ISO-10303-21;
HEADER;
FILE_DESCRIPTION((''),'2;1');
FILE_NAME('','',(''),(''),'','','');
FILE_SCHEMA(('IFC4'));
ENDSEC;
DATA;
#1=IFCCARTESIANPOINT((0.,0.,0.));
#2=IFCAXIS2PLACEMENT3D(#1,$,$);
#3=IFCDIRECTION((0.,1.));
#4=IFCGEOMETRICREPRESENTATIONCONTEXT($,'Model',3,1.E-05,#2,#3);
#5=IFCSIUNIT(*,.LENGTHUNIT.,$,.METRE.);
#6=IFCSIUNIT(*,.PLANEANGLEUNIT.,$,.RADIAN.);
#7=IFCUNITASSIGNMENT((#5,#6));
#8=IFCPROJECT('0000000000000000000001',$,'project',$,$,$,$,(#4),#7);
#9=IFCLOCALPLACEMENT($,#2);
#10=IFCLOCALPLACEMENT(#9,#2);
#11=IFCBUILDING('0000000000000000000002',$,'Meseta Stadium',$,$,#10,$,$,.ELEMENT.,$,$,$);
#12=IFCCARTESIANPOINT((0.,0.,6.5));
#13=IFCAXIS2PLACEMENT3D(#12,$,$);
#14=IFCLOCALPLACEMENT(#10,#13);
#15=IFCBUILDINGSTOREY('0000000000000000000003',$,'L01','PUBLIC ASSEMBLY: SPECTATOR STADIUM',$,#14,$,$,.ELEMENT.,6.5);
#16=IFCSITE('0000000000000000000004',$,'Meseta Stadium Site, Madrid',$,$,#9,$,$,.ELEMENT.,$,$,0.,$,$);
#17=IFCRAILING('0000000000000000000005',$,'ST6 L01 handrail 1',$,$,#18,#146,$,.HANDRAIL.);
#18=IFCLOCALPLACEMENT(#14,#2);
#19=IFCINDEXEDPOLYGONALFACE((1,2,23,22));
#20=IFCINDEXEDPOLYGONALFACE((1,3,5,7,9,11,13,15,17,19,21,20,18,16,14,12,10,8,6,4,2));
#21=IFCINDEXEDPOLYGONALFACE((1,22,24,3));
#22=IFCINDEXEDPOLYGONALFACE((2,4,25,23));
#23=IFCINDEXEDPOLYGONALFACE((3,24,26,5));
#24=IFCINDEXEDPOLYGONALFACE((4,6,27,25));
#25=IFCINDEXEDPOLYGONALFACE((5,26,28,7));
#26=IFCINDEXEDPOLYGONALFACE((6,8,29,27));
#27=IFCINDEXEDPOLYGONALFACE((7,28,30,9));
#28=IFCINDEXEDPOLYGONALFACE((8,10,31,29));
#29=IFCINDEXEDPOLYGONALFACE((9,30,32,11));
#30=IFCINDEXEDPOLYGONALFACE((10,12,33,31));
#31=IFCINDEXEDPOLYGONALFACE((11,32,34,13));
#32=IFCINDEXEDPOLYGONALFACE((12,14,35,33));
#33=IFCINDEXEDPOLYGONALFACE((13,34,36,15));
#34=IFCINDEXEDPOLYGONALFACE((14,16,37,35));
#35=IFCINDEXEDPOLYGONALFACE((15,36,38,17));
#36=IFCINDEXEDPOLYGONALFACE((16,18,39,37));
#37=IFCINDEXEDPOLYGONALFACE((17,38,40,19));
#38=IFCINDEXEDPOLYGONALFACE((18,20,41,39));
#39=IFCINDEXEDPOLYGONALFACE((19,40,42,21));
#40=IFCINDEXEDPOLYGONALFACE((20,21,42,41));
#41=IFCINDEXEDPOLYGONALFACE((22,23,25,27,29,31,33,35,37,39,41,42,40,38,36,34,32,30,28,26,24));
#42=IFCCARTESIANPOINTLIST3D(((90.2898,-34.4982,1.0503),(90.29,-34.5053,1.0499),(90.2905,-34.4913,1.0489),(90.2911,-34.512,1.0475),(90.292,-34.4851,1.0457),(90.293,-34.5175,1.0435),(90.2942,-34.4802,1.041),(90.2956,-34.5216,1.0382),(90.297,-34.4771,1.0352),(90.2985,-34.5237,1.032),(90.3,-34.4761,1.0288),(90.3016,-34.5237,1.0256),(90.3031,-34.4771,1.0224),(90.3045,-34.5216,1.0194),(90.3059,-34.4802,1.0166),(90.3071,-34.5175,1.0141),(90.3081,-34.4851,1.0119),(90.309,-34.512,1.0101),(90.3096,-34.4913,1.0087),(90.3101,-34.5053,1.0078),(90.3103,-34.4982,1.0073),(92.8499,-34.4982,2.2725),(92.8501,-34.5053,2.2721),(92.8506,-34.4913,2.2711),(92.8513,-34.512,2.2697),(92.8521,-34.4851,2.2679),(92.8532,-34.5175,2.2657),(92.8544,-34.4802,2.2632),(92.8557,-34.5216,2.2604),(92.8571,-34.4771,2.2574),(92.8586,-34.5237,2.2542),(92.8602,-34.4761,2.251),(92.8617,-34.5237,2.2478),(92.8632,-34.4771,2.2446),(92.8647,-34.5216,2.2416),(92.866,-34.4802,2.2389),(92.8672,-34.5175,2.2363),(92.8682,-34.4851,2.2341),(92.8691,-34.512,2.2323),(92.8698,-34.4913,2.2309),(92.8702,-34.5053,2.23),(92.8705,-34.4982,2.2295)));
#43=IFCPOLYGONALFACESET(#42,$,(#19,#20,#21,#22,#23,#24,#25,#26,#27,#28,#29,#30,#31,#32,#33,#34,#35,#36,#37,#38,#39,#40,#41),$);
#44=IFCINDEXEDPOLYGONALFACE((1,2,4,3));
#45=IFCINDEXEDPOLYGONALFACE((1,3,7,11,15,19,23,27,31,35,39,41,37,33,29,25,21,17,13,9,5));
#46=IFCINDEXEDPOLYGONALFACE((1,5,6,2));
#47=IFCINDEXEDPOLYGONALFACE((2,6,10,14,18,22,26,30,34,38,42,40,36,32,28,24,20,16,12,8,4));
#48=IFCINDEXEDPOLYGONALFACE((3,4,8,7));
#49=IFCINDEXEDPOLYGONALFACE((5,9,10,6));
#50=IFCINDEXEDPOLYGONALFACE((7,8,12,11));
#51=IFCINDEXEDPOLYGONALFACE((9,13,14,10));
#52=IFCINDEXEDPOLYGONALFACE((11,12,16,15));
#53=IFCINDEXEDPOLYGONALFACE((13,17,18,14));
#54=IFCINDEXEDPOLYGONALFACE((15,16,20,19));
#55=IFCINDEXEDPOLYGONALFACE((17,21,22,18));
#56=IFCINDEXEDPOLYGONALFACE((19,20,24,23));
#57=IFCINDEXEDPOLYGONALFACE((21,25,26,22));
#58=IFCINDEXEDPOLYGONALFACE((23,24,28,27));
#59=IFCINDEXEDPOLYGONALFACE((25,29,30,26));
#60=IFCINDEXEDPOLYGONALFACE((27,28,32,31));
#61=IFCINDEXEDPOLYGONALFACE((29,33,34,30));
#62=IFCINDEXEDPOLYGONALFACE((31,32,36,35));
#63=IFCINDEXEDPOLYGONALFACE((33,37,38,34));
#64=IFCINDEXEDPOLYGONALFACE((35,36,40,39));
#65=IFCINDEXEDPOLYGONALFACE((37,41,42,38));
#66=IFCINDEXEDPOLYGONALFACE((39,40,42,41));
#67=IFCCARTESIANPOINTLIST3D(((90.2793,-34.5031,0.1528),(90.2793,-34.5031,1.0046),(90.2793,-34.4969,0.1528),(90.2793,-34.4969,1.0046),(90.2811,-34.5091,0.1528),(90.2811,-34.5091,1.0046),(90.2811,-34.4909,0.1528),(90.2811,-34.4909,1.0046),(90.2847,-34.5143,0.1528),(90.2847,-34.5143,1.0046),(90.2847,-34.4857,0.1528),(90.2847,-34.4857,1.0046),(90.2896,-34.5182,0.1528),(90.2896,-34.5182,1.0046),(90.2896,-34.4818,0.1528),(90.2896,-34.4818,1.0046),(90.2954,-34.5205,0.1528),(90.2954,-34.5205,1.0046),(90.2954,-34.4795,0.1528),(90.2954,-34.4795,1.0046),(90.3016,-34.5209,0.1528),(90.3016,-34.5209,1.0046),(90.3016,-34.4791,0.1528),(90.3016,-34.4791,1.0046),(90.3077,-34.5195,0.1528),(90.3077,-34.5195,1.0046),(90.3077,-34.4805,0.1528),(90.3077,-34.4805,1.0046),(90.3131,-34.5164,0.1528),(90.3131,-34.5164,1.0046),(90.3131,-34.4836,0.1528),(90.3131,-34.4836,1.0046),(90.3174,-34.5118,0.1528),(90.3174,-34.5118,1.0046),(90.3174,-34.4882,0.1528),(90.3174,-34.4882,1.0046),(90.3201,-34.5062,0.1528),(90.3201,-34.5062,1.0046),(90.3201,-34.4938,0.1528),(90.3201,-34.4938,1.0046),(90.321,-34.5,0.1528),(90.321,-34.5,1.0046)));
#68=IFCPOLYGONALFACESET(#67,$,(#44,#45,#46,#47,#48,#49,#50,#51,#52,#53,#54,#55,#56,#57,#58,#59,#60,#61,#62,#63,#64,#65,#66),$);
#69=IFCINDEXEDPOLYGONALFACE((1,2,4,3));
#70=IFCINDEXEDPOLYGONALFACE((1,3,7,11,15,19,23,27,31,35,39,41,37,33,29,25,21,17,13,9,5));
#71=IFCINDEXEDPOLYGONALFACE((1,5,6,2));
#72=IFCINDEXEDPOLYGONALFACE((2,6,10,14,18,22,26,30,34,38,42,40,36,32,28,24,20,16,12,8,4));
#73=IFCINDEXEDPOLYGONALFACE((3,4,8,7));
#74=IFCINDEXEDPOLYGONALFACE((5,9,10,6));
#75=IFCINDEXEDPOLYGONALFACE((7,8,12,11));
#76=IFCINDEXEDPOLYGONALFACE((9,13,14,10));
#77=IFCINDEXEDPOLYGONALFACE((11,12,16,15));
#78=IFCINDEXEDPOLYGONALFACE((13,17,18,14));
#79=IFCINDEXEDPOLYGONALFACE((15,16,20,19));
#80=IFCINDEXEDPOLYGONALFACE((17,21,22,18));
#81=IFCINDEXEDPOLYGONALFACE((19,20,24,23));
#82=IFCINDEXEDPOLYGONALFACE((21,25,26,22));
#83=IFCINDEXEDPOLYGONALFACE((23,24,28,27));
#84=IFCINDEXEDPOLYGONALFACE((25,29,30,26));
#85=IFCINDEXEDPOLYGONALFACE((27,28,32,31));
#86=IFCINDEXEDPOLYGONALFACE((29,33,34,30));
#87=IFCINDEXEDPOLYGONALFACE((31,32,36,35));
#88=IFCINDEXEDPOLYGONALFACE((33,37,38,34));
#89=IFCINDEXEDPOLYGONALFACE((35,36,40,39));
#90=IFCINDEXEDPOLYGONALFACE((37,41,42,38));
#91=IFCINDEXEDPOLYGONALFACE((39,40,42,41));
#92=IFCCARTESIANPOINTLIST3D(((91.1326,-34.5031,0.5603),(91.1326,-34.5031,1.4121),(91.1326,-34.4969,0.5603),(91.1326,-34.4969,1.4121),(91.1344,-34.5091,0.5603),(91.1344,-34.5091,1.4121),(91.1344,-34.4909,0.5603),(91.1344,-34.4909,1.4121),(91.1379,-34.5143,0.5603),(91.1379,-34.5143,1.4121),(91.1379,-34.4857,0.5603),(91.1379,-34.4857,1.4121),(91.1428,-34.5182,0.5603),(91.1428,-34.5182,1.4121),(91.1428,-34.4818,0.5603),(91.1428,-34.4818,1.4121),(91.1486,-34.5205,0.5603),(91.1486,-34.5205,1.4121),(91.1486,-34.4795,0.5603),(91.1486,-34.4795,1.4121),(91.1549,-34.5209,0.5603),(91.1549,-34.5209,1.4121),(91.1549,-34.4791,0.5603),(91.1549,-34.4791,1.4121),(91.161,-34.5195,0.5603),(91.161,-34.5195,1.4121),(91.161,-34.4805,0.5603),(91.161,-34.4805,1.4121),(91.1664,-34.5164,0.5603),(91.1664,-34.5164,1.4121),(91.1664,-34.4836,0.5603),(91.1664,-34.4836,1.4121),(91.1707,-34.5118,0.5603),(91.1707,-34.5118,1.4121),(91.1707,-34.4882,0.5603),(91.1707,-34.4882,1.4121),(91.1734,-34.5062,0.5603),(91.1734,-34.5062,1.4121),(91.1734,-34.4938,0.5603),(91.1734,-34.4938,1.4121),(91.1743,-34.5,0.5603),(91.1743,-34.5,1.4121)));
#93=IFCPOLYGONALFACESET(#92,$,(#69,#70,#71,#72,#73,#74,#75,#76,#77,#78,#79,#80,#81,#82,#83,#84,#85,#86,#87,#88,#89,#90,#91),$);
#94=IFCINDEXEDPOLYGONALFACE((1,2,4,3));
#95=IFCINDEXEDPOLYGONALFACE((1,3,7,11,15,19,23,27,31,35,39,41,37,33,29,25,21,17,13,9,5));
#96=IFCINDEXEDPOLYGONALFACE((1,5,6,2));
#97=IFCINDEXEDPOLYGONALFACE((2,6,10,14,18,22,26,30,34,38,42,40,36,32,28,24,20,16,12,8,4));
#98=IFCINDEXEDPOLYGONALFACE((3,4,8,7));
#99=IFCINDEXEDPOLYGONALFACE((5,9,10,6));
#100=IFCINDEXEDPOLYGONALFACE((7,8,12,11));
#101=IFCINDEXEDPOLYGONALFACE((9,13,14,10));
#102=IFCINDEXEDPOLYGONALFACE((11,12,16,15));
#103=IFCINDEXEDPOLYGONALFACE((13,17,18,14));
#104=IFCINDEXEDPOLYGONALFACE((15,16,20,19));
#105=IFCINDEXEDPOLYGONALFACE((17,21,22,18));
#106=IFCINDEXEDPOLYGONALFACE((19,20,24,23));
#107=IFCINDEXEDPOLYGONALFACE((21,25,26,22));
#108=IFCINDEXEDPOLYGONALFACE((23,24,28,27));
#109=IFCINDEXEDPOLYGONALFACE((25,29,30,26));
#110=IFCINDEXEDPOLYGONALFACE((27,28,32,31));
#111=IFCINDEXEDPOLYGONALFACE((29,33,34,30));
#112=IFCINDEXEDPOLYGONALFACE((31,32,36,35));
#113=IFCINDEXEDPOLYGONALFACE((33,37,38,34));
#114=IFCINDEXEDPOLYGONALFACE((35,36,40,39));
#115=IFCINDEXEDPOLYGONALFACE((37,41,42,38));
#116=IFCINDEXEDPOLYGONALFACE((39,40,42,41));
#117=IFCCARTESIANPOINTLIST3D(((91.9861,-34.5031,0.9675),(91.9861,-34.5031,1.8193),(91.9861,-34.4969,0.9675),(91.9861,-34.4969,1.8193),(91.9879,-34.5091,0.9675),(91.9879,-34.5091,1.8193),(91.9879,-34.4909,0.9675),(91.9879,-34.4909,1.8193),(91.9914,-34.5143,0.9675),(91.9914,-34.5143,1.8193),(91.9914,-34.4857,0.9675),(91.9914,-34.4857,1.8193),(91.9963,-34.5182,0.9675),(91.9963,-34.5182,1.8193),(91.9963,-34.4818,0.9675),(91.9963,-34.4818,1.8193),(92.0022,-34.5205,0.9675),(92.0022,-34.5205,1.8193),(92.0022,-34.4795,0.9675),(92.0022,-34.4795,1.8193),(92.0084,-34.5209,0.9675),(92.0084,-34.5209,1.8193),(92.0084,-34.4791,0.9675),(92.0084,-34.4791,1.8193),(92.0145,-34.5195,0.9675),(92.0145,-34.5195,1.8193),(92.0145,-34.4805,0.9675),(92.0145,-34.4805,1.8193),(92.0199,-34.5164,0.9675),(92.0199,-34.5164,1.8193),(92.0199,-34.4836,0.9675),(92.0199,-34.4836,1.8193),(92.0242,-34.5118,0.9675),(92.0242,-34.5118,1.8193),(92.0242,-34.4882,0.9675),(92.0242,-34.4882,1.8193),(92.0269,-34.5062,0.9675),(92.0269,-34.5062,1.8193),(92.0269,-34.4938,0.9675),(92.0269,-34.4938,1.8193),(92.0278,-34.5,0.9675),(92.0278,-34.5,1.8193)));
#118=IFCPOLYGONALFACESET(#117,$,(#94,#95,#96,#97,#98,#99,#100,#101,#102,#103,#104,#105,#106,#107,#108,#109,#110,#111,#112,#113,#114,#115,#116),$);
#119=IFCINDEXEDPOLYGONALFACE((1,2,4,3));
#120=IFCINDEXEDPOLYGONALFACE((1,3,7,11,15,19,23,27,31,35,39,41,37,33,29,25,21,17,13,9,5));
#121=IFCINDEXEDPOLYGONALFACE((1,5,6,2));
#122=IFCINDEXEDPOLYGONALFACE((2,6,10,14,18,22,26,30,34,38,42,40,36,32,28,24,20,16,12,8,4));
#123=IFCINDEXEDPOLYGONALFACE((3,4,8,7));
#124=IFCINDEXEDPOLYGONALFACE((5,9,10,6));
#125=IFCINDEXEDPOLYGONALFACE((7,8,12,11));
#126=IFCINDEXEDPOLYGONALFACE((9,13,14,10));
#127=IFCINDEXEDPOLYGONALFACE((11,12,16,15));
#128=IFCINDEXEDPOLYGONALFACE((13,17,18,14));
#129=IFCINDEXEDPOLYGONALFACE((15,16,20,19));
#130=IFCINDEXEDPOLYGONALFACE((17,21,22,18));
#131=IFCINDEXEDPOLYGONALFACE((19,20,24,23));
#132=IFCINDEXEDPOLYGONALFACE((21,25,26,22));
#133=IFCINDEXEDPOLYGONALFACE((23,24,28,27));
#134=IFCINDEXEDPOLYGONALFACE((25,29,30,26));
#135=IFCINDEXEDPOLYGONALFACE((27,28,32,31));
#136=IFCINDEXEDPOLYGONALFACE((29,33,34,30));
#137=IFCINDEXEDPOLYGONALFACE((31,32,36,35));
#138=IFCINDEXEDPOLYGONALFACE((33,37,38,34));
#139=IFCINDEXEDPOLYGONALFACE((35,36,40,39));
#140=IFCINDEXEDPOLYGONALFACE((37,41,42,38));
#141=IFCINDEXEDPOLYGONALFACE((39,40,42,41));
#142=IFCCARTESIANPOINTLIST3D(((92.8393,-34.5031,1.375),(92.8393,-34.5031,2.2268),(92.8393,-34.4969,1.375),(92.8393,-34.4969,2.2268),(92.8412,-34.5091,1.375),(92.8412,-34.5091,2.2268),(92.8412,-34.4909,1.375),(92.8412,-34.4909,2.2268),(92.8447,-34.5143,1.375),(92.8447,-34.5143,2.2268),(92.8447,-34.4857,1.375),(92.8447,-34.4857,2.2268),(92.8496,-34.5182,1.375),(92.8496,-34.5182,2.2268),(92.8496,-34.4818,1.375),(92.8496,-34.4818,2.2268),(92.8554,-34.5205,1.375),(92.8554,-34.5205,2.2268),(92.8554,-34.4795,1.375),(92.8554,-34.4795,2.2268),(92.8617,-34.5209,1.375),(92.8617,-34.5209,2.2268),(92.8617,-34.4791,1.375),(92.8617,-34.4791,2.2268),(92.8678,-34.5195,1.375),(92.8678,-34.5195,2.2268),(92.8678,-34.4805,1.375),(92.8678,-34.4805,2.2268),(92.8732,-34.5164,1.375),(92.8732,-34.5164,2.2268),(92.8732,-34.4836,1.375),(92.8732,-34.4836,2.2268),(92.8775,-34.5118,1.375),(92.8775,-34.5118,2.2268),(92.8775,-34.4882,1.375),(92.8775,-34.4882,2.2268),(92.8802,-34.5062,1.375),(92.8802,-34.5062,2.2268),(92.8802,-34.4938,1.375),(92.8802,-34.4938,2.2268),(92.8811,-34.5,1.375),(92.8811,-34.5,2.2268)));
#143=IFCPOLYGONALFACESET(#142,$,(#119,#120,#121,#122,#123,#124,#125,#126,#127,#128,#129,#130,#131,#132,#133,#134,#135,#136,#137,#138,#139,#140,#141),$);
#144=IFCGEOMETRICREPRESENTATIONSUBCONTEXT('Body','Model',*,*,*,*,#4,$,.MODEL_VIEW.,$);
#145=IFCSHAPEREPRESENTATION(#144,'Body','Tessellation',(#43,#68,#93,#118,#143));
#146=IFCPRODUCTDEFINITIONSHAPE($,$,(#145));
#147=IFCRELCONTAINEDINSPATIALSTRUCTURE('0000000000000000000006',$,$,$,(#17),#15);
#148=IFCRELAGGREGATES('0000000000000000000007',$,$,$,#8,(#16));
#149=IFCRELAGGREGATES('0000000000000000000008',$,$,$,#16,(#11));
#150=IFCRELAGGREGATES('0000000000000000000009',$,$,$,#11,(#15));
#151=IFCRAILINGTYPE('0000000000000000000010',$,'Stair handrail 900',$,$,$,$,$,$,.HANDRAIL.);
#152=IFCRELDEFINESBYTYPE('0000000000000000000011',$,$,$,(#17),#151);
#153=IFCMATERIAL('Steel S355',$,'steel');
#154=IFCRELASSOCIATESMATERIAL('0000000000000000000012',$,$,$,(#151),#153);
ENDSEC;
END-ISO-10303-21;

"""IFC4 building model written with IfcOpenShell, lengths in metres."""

from ifc_helpers import new_model, si_unit, direction, frame, origin, origin_2d, place, context, subcontext, project, spatial, circle, extrude, material, type_object, element, save


model = new_model("IFC4")

# Units and contexts
model_context = context("Model", 3, precision=1e-05, world=origin(), true_north=direction((0.0, 1.0)))
body_context = subcontext(model_context, "Body", "Model", "MODEL_VIEW")
ifc_project = project(units=[si_unit("LENGTHUNIT", "METRE"), si_unit("PLANEANGLEUNIT", "RADIAN")], contexts=[model_context])

# Site, building, storey
site_placement = place(None, origin())
site = spatial("IfcSite", under=ifc_project, at=site_placement, Name="Meseta Stadium Site, Madrid", CompositionType="ELEMENT", RefElevation=0.0)
building_placement = place(site_placement, origin())
building = spatial("IfcBuilding", under=site, at=building_placement, Name="Meseta Stadium", CompositionType="ELEMENT")
storey_placement = place(building_placement, frame((0.0, 0.0, 6.5)))
storey = spatial("IfcBuildingStorey", under=building, at=storey_placement, Name="L01", Description="PUBLIC ASSEMBLY: SPECTATOR STADIUM", CompositionType="ELEMENT", Elevation=6.5)

# Railing
ifc_material_1 = material(Name="Steel S355", Category="steel")
railing_type_1 = type_object("IfcRailingType", Name="Stair handrail 900", PredefinedType="HANDRAIL", material=ifc_material_1)
for number, where, name in (
    (1, (90.3, -34.5, 0.1528), "ST6 L01 handrail 1"),
):
    element("IfcRailing", number, at=place(storey_placement, frame(where)), inside=storey, type_object=railing_type_1, Name=name, PredefinedType="HANDRAIL", context=body_context, shape_type="SweptSolid", body=[
        extrude(circle(Radius=0.0239, at=origin_2d()), frame((0.0, 0.0, 0.876), z_axis=(0.902437, 0.0, 0.430822), x_axis=(0.0, 1.0, 0.0)), (0.0, 0.0, 1.0), 2.8369),
        extrude(circle(Radius=0.021, at=origin_2d()), origin(), (0.0, 0.0, 1.0), 0.8518),
        extrude(circle(Radius=0.021, at=origin_2d()), frame((0.8533, 0.0, 0.4075)), (0.0, 0.0, 1.0), 0.8518),
        extrude(circle(Radius=0.021, at=origin_2d()), frame((1.7068, 0.0, 0.8147)), (0.0, 0.0, 1.0), 0.8518),
        extrude(circle(Radius=0.021, at=origin_2d()), frame((2.5601, 0.0, 1.2222)), (0.0, 0.0, 1.0), 0.8518),
    ])

save(model, "model.ifc")
